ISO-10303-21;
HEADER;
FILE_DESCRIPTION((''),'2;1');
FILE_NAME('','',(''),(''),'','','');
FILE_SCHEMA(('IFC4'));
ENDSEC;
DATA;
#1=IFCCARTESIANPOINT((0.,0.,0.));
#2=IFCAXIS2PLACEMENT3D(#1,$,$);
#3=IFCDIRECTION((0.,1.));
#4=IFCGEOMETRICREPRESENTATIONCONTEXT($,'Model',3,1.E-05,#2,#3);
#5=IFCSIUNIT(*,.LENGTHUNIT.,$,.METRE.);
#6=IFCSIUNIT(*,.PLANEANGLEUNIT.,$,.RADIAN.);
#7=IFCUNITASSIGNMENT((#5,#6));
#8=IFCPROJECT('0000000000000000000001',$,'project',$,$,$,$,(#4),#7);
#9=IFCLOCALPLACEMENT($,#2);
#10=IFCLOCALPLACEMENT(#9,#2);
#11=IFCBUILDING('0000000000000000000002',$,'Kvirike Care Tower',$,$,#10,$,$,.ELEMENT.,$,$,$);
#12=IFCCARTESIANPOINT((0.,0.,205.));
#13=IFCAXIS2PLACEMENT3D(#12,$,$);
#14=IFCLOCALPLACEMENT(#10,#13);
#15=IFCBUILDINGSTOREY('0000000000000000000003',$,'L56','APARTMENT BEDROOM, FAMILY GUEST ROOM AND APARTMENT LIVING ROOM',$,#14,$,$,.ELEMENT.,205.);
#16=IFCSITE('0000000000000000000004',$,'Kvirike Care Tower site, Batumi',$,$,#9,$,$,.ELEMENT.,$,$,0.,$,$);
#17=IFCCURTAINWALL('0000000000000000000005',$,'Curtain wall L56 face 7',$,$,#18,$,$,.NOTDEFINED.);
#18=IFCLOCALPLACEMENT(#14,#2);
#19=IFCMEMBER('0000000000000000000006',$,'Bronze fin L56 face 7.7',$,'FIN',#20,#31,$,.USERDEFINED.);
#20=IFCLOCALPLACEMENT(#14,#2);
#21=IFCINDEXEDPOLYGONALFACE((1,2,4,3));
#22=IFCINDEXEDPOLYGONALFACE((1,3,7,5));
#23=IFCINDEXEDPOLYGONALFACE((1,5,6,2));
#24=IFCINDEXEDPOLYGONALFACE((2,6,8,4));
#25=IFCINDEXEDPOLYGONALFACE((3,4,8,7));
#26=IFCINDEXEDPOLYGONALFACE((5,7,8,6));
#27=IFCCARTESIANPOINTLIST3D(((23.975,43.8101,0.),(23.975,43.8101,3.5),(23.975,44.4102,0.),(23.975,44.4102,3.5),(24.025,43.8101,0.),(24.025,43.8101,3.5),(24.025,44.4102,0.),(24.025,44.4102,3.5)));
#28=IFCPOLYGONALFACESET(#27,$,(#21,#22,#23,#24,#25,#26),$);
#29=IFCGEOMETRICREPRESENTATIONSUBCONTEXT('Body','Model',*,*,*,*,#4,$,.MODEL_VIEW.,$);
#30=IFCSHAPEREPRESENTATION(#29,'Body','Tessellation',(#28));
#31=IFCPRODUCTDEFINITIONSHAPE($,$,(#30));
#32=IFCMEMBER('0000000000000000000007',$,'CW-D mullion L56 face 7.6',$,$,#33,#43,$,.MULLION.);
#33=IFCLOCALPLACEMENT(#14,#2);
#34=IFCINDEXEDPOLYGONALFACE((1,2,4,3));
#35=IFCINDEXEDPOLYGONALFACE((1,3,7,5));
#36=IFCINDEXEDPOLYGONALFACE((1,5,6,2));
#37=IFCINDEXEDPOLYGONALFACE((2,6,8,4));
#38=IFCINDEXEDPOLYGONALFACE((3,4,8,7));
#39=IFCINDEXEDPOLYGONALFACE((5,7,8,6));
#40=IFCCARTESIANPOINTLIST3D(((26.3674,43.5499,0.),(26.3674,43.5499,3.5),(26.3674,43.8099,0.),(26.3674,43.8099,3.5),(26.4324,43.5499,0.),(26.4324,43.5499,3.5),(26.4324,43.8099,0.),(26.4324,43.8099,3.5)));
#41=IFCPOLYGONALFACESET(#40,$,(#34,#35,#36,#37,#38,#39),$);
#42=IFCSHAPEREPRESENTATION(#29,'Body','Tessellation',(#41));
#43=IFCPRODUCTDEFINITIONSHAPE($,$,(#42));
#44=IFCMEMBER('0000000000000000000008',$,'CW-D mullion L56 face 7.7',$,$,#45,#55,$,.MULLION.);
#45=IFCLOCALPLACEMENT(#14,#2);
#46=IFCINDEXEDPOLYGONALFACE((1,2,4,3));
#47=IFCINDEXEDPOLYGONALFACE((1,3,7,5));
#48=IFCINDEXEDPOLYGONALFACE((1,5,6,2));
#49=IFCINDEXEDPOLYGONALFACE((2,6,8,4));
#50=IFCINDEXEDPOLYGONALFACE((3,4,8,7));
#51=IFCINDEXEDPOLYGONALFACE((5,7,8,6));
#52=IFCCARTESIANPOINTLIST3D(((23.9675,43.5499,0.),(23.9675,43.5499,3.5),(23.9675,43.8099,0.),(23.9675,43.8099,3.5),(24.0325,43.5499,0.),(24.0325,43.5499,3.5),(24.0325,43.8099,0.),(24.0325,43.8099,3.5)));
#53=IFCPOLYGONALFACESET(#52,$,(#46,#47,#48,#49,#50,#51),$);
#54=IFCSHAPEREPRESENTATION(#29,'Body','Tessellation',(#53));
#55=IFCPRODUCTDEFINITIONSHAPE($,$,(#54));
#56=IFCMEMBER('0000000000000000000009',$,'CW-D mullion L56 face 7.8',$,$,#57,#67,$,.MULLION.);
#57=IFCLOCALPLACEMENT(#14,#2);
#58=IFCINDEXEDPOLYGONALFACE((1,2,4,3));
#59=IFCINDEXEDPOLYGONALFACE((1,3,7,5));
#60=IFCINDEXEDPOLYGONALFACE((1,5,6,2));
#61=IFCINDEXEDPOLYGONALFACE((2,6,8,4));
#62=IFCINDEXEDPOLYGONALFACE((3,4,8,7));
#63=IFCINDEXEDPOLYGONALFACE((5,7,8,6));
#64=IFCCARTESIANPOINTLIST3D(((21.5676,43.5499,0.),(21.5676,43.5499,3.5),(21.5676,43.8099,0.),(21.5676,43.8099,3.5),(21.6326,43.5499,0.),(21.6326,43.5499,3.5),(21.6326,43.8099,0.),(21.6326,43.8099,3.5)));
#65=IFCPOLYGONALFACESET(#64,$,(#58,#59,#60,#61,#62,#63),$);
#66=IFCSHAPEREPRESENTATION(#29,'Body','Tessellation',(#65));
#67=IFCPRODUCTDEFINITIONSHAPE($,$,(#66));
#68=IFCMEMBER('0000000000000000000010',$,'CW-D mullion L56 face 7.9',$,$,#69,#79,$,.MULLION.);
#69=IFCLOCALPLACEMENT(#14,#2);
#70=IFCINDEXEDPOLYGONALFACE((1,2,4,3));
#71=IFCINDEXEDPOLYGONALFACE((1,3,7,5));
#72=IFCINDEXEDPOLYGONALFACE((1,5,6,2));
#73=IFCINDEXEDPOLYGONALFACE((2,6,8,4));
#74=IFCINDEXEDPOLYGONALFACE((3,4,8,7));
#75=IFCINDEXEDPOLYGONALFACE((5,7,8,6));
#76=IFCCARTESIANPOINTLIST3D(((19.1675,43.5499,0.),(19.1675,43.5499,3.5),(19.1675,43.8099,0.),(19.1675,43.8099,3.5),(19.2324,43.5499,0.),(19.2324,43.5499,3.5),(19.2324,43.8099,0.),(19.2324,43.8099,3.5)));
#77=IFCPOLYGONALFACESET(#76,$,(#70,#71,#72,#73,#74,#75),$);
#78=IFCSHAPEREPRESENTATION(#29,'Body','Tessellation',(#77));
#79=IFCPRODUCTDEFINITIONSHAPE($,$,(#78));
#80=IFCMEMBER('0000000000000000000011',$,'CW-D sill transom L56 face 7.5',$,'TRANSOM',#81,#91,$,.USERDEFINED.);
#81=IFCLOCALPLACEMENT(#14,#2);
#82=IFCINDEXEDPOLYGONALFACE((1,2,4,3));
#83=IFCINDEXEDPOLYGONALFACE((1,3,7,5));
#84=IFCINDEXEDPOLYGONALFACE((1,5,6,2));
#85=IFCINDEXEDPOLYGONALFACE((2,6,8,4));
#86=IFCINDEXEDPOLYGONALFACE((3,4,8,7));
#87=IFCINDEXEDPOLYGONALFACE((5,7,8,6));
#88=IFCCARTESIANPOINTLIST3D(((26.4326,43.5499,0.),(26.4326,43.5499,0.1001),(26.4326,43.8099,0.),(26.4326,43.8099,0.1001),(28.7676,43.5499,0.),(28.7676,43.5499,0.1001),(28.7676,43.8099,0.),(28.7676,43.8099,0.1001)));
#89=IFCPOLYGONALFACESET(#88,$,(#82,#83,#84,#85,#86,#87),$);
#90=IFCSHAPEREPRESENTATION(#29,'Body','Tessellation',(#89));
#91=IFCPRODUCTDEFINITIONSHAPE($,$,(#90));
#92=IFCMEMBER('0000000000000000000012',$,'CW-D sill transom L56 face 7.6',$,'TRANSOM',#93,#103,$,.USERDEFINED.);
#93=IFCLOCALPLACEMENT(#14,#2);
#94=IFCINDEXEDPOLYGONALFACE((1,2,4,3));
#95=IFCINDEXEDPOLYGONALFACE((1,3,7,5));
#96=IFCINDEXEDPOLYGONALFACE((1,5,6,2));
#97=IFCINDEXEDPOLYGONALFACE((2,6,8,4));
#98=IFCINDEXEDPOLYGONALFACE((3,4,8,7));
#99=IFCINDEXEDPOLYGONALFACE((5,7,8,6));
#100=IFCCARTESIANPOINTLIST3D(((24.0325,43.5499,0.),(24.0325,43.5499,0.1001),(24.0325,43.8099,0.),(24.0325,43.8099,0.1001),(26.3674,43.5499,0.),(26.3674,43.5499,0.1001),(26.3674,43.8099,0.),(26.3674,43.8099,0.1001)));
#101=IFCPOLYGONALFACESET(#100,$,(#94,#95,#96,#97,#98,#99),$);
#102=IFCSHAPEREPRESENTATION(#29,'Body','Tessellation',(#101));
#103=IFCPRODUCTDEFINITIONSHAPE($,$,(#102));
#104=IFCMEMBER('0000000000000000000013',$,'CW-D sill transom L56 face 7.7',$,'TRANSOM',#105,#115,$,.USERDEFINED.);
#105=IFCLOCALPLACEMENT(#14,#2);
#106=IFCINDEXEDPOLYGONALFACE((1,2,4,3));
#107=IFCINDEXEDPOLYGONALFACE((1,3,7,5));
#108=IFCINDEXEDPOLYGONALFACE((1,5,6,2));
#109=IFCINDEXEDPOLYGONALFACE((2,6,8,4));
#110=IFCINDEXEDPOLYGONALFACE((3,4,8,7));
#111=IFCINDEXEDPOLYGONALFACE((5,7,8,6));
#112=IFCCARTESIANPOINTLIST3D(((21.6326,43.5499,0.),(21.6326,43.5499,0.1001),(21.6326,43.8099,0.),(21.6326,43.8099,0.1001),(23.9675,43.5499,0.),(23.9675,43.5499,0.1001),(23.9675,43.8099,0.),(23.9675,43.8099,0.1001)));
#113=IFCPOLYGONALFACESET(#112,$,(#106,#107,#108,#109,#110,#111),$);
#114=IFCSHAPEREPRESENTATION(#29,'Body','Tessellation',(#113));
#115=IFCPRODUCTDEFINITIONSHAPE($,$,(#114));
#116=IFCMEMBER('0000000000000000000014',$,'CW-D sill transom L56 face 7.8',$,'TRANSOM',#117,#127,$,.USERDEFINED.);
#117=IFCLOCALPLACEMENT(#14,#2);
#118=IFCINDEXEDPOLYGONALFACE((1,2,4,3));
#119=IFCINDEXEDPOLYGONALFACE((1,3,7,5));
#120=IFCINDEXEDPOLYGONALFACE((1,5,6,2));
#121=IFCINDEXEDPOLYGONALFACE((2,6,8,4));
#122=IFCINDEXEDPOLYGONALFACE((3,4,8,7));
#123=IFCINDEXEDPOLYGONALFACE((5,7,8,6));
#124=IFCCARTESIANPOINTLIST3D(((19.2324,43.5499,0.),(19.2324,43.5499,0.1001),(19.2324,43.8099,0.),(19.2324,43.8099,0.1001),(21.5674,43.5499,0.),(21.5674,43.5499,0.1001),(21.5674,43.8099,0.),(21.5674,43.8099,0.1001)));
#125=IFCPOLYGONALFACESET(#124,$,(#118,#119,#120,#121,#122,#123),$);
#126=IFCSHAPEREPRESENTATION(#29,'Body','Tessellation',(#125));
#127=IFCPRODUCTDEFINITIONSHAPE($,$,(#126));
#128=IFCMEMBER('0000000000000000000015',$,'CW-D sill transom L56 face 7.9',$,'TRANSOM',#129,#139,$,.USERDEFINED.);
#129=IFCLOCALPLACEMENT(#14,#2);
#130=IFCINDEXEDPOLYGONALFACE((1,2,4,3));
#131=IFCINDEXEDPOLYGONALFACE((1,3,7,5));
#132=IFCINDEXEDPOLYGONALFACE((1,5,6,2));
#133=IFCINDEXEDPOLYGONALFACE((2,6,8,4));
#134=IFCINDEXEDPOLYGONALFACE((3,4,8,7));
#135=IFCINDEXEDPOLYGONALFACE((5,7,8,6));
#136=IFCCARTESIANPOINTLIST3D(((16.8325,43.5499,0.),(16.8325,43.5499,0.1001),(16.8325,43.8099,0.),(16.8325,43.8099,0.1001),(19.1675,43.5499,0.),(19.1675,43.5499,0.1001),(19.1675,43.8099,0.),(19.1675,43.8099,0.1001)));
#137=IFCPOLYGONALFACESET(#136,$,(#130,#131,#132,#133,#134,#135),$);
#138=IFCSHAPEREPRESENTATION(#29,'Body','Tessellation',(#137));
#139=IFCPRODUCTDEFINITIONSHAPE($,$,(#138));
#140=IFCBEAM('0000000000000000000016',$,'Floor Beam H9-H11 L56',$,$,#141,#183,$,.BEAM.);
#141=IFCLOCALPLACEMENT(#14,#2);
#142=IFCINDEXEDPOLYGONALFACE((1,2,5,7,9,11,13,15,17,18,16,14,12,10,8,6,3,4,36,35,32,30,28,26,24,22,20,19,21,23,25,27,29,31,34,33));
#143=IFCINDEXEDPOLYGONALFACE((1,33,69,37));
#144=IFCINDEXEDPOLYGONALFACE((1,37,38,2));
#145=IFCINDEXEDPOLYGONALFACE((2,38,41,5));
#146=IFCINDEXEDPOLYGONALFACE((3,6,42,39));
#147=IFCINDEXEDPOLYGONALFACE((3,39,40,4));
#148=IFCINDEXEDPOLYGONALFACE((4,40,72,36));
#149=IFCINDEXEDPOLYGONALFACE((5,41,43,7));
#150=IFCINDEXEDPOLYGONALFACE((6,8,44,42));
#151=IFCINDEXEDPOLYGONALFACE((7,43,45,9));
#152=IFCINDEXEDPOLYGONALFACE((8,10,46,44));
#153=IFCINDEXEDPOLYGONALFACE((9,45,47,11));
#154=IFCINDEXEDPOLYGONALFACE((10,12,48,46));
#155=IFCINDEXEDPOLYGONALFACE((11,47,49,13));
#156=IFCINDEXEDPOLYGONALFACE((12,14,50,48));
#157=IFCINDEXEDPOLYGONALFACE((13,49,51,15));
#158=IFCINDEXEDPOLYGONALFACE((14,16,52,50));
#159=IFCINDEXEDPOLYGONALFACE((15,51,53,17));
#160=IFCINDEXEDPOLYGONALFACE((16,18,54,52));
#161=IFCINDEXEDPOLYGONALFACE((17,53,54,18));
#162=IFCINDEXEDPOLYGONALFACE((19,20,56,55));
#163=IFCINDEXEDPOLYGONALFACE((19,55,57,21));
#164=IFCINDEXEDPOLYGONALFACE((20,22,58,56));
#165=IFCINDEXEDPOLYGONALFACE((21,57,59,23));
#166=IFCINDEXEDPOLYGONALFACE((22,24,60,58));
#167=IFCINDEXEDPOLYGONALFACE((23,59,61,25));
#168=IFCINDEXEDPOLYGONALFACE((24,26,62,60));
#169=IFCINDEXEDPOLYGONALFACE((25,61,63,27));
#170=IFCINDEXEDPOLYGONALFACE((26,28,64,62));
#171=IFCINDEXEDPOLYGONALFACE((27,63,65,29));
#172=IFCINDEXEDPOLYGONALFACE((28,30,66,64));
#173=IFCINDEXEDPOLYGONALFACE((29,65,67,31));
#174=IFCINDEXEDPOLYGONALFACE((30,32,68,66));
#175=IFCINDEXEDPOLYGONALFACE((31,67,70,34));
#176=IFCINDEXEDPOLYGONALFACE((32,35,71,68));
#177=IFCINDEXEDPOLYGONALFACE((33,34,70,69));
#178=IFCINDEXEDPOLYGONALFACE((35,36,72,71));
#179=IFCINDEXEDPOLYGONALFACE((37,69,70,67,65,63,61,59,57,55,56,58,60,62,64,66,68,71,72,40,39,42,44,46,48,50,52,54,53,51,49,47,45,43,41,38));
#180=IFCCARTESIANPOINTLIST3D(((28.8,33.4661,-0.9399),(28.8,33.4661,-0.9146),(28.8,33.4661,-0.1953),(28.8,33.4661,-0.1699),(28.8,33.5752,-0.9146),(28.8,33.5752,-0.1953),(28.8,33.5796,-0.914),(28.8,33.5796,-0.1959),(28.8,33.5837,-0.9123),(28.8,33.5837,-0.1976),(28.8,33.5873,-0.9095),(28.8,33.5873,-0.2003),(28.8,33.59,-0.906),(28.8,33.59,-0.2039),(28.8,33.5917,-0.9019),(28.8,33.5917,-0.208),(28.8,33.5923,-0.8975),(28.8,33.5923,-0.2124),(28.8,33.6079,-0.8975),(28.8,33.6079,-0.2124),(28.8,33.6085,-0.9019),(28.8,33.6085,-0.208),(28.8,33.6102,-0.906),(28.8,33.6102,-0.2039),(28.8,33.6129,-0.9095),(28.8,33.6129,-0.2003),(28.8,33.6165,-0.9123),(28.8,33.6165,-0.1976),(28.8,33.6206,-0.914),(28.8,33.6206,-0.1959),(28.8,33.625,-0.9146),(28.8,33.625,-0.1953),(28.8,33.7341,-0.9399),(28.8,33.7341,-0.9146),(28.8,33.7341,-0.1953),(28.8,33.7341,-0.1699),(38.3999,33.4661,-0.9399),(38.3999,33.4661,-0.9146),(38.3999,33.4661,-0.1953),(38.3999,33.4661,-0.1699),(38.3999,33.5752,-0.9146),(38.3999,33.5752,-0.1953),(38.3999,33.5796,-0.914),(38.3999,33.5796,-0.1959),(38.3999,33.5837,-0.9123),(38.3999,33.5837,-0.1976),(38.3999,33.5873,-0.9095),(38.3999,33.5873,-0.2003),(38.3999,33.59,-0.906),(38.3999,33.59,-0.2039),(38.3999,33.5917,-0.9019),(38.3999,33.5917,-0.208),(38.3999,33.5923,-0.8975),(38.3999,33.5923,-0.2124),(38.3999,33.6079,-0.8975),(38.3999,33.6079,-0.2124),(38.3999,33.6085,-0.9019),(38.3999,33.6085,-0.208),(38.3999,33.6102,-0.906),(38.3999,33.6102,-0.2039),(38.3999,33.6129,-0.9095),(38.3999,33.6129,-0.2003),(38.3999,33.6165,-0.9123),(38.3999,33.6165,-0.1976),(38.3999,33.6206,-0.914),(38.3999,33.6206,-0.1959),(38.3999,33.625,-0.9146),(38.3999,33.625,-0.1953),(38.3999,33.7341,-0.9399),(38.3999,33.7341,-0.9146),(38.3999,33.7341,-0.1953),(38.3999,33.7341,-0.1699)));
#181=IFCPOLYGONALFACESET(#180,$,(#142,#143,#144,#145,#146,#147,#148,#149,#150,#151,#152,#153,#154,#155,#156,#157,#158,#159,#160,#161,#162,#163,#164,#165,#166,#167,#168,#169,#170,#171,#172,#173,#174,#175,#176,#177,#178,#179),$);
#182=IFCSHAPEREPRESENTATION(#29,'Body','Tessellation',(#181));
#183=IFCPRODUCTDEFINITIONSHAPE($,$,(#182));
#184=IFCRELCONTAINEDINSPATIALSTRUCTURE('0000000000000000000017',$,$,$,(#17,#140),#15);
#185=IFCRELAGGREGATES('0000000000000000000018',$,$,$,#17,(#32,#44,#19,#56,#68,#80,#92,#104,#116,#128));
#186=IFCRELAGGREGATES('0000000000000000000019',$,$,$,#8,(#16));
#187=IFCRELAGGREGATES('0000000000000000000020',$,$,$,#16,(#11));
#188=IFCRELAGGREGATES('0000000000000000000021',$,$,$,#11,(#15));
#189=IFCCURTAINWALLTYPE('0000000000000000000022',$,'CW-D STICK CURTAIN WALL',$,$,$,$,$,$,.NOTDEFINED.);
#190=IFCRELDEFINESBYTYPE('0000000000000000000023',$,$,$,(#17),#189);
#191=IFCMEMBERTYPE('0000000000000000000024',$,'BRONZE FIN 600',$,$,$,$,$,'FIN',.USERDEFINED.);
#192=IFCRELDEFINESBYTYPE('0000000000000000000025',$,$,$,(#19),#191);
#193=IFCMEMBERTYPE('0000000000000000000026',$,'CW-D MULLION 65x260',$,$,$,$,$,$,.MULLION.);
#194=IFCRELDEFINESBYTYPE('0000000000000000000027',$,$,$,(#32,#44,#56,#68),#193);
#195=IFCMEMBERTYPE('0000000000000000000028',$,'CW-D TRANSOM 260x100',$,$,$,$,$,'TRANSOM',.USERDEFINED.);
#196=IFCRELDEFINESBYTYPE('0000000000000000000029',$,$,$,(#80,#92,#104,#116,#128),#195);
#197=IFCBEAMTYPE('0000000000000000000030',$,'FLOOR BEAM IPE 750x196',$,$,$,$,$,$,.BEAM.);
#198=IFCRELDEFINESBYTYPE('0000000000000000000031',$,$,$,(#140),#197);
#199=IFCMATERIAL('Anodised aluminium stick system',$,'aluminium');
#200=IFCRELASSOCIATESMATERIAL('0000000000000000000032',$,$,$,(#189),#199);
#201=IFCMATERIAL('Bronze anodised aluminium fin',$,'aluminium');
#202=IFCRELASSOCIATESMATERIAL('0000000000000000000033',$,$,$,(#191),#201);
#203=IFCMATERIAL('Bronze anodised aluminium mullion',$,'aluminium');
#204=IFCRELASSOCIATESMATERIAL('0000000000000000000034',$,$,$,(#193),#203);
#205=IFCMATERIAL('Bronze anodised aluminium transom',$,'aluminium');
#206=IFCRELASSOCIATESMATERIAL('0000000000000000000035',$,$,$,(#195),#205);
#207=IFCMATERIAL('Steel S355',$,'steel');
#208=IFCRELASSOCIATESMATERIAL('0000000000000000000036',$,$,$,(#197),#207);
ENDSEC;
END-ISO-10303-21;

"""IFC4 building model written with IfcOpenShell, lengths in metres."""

from ifc_helpers import new_model, si_unit, direction, frame, origin, origin_2d, place, context, subcontext, project, spatial, rectangle, i_section, extrude, material, material_profile, profile_set, type_object, element, aggregate, save


model = new_model("IFC4")

# Units and contexts
model_context = context("Model", 3, precision=1e-05, world=origin(), true_north=direction((0.0, 1.0)))
body_context = subcontext(model_context, "Body", "Model", "MODEL_VIEW")
ifc_project = project(units=[si_unit("LENGTHUNIT", "METRE"), si_unit("PLANEANGLEUNIT", "RADIAN")], contexts=[model_context])

# Site, building, storey
site_placement = place(None, origin())
site = spatial("IfcSite", under=ifc_project, at=site_placement, Name="Kvirike Care Tower site, Batumi", CompositionType="ELEMENT", RefElevation=0.0)
building_placement = place(site_placement, origin())
building = spatial("IfcBuilding", under=site, at=building_placement, Name="Kvirike Care Tower", CompositionType="ELEMENT")
storey_placement = place(building_placement, frame((0.0, 0.0, 205.0)))
storey = spatial("IfcBuildingStorey", under=building, at=storey_placement, Name="L56", Description="APARTMENT BEDROOM, FAMILY GUEST ROOM AND APARTMENT LIVING ROOM", CompositionType="ELEMENT", Elevation=205.0)

# Curtain wall, members
ifc_material_1 = material(Name="Anodised aluminium stick system", Category="aluminium")
curtain_wall_type = type_object("IfcCurtainWallType", Name="CW-D STICK CURTAIN WALL", PredefinedType="NOTDEFINED", material=ifc_material_1)
curtain_wall_placement = place(storey_placement, origin())
curtain_wall = element("IfcCurtainWall", 1, at=curtain_wall_placement, inside=storey, type_object=curtain_wall_type, Name="Curtain wall L56 face 7", PredefinedType="NOTDEFINED")
ifc_material_2 = material(Name="Bronze anodised aluminium fin", Category="aluminium")
ifc_material_profile_1 = material_profile(ifc_material_2, rectangle(XDim=0.05, YDim=0.6001, at=origin_2d()), Name="BRONZE FIN 600")
ifc_profile_set_1 = profile_set([ifc_material_profile_1], Name="Bronze anodised aluminium fin")
member_type_1 = type_object("IfcMemberType", Name="BRONZE FIN 600", ElementType="FIN", PredefinedType="USERDEFINED", material=ifc_profile_set_1)
member_1_placement = place(storey_placement, frame((24.0, 44.1101, 0.0), z_axis=(0.0, 0.0, 1.0), x_axis=(-1.0, 0.0, 0.0)))
member_1 = element("IfcMember", 2, at=member_1_placement, type_object=member_type_1, Name="Bronze fin L56 face 7.7", ObjectType="FIN", PredefinedType="USERDEFINED", context=body_context, shape_type="SweptSolid", body=[
    extrude(rectangle(XDim=0.05, YDim=0.6001, at=origin_2d()), origin(), (0.0, 0.0, 1.0), 3.5),
])
ifc_material_3 = material(Name="Bronze anodised aluminium mullion", Category="aluminium")
ifc_material_profile_2 = material_profile(ifc_material_3, rectangle(XDim=0.0649, YDim=0.26, at=origin_2d()), Name="CW-D MULLION 65x260")
ifc_profile_set_2 = profile_set([ifc_material_profile_2], Name="Bronze anodised aluminium mullion")
member_type_2 = type_object("IfcMemberType", Name="CW-D MULLION 65x260", PredefinedType="MULLION", material=ifc_profile_set_2)
member_2_placement = place(storey_placement, frame((26.3999, 43.6799, 0.0), z_axis=(0.0, 0.0, 1.0), x_axis=(-1.0, 0.0, 0.0)))
member_2 = element("IfcMember", 3, at=member_2_placement, type_object=member_type_2, Name="CW-D mullion L56 face 7.6", PredefinedType="MULLION", context=body_context, shape_type="SweptSolid", body=[
    extrude(rectangle(XDim=0.0649, YDim=0.26, at=origin_2d()), origin(), (0.0, 0.0, 1.0), 3.5),
])
member_3_placement = place(storey_placement, frame((24.0, 43.6799, 0.0), z_axis=(0.0, 0.0, 1.0), x_axis=(-1.0, 0.0, 0.0)))
member_3 = element("IfcMember", 4, at=member_3_placement, type_object=member_type_2, Name="CW-D mullion L56 face 7.7", PredefinedType="MULLION", context=body_context, shape_type="SweptSolid", body=[
    extrude(rectangle(XDim=0.0649, YDim=0.26, at=origin_2d()), origin(), (0.0, 0.0, 1.0), 3.5),
])
member_4_placement = place(storey_placement, frame((21.6001, 43.6799, 0.0), z_axis=(0.0, 0.0, 1.0), x_axis=(-1.0, 0.0, 0.0)))
member_4 = element("IfcMember", 5, at=member_4_placement, type_object=member_type_2, Name="CW-D mullion L56 face 7.8", PredefinedType="MULLION", context=body_context, shape_type="SweptSolid", body=[
    extrude(rectangle(XDim=0.0649, YDim=0.26, at=origin_2d()), origin(), (0.0, 0.0, 1.0), 3.5),
])
member_5_placement = place(storey_placement, frame((19.2, 43.6799, 0.0), z_axis=(0.0, 0.0, 1.0), x_axis=(-1.0, 0.0, 0.0)))
member_5 = element("IfcMember", 6, at=member_5_placement, type_object=member_type_2, Name="CW-D mullion L56 face 7.9", PredefinedType="MULLION", context=body_context, shape_type="SweptSolid", body=[
    extrude(rectangle(XDim=0.0649, YDim=0.26, at=origin_2d()), origin(), (0.0, 0.0, 1.0), 3.5),
])
ifc_material_4 = material(Name="Bronze anodised aluminium transom", Category="aluminium")
ifc_material_profile_3 = material_profile(ifc_material_4, rectangle(XDim=0.26, YDim=0.1001, at=origin_2d()), Name="CW-D TRANSOM 260x100")
ifc_profile_set_3 = profile_set([ifc_material_profile_3], Name="Bronze anodised aluminium transom")
member_type_3 = type_object("IfcMemberType", Name="CW-D TRANSOM 260x100", ElementType="TRANSOM", PredefinedType="USERDEFINED", material=ifc_profile_set_3)
member_6_placement = place(storey_placement, frame((28.7676, 43.6799, 0.05), z_axis=(-1.0, 0.0, 0.0), x_axis=(0.0, -1.0, 0.0)))
member_6 = element("IfcMember", 7, at=member_6_placement, type_object=member_type_3, Name="CW-D sill transom L56 face 7.5", ObjectType="TRANSOM", PredefinedType="USERDEFINED", context=body_context, shape_type="SweptSolid", body=[
    extrude(rectangle(XDim=0.26, YDim=0.1001, at=origin_2d()), origin(), (0.0, 0.0, 1.0), 2.335),
])
member_7_placement = place(storey_placement, frame((26.3674, 43.6799, 0.05), z_axis=(-1.0, 0.0, 0.0), x_axis=(0.0, -1.0, 0.0)))
member_7 = element("IfcMember", 8, at=member_7_placement, type_object=member_type_3, Name="CW-D sill transom L56 face 7.6", ObjectType="TRANSOM", PredefinedType="USERDEFINED", context=body_context, shape_type="SweptSolid", body=[
    extrude(rectangle(XDim=0.26, YDim=0.1001, at=origin_2d()), origin(), (0.0, 0.0, 1.0), 2.335),
])
member_8_placement = place(storey_placement, frame((23.9675, 43.6799, 0.05), z_axis=(-1.0, 0.0, 0.0), x_axis=(0.0, -1.0, 0.0)))
member_8 = element("IfcMember", 9, at=member_8_placement, type_object=member_type_3, Name="CW-D sill transom L56 face 7.7", ObjectType="TRANSOM", PredefinedType="USERDEFINED", context=body_context, shape_type="SweptSolid", body=[
    extrude(rectangle(XDim=0.26, YDim=0.1001, at=origin_2d()), origin(), (0.0, 0.0, 1.0), 2.335),
])
member_9_placement = place(storey_placement, frame((21.5674, 43.6799, 0.05), z_axis=(-1.0, 0.0, 0.0), x_axis=(0.0, -1.0, 0.0)))
member_9 = element("IfcMember", 10, at=member_9_placement, type_object=member_type_3, Name="CW-D sill transom L56 face 7.8", ObjectType="TRANSOM", PredefinedType="USERDEFINED", context=body_context, shape_type="SweptSolid", body=[
    extrude(rectangle(XDim=0.26, YDim=0.1001, at=origin_2d()), origin(), (0.0, 0.0, 1.0), 2.335),
])
member_10_placement = place(storey_placement, frame((19.1675, 43.6799, 0.05), z_axis=(-1.0, 0.0, 0.0), x_axis=(0.0, -1.0, 0.0)))
member_10 = element("IfcMember", 11, at=member_10_placement, type_object=member_type_3, Name="CW-D sill transom L56 face 7.9", ObjectType="TRANSOM", PredefinedType="USERDEFINED", context=body_context, shape_type="SweptSolid", body=[
    extrude(rectangle(XDim=0.26, YDim=0.1001, at=origin_2d()), origin(), (0.0, 0.0, 1.0), 2.335),
])

# Beam
ifc_material_5 = material(Name="Steel S355", Category="steel")
ifc_material_profile_4 = material_profile(ifc_material_5, i_section(OverallWidth=0.2681, OverallDepth=0.77, WebThickness=0.0156, FlangeThickness=0.0254, FilletRadius=0.0171, at=origin_2d()), Name="IPE 750x196")
ifc_profile_set_4 = profile_set([ifc_material_profile_4], Name="Steel S355")
beam_type_1 = type_object("IfcBeamType", Name="FLOOR BEAM IPE 750x196", PredefinedType="BEAM", material=ifc_profile_set_4)
for number, where, z_axis, x_axis, name in (
    (12, (28.8, 33.6001, -0.5549), (1.0, 0.0, 0.0), (0.0, 1.0, 0.0), "Floor Beam H9-H11 L56"),
):
    element("IfcBeam", number, at=place(storey_placement, frame(where, z_axis=z_axis, x_axis=x_axis)), inside=storey, type_object=beam_type_1, Name=name, PredefinedType="BEAM", context=body_context, shape_type="SweptSolid", body=[
        extrude(i_section(OverallWidth=0.2681, OverallDepth=0.77, WebThickness=0.0156, FlangeThickness=0.0254, FilletRadius=0.0171, at=origin_2d()), origin(), (0.0, 0.0, 1.0), 9.5999),
    ])

aggregate(curtain_wall, [member_2, member_3, member_1, member_4, member_5, member_6, member_7, member_8, member_9, member_10])

save(model, "model.ifc")
